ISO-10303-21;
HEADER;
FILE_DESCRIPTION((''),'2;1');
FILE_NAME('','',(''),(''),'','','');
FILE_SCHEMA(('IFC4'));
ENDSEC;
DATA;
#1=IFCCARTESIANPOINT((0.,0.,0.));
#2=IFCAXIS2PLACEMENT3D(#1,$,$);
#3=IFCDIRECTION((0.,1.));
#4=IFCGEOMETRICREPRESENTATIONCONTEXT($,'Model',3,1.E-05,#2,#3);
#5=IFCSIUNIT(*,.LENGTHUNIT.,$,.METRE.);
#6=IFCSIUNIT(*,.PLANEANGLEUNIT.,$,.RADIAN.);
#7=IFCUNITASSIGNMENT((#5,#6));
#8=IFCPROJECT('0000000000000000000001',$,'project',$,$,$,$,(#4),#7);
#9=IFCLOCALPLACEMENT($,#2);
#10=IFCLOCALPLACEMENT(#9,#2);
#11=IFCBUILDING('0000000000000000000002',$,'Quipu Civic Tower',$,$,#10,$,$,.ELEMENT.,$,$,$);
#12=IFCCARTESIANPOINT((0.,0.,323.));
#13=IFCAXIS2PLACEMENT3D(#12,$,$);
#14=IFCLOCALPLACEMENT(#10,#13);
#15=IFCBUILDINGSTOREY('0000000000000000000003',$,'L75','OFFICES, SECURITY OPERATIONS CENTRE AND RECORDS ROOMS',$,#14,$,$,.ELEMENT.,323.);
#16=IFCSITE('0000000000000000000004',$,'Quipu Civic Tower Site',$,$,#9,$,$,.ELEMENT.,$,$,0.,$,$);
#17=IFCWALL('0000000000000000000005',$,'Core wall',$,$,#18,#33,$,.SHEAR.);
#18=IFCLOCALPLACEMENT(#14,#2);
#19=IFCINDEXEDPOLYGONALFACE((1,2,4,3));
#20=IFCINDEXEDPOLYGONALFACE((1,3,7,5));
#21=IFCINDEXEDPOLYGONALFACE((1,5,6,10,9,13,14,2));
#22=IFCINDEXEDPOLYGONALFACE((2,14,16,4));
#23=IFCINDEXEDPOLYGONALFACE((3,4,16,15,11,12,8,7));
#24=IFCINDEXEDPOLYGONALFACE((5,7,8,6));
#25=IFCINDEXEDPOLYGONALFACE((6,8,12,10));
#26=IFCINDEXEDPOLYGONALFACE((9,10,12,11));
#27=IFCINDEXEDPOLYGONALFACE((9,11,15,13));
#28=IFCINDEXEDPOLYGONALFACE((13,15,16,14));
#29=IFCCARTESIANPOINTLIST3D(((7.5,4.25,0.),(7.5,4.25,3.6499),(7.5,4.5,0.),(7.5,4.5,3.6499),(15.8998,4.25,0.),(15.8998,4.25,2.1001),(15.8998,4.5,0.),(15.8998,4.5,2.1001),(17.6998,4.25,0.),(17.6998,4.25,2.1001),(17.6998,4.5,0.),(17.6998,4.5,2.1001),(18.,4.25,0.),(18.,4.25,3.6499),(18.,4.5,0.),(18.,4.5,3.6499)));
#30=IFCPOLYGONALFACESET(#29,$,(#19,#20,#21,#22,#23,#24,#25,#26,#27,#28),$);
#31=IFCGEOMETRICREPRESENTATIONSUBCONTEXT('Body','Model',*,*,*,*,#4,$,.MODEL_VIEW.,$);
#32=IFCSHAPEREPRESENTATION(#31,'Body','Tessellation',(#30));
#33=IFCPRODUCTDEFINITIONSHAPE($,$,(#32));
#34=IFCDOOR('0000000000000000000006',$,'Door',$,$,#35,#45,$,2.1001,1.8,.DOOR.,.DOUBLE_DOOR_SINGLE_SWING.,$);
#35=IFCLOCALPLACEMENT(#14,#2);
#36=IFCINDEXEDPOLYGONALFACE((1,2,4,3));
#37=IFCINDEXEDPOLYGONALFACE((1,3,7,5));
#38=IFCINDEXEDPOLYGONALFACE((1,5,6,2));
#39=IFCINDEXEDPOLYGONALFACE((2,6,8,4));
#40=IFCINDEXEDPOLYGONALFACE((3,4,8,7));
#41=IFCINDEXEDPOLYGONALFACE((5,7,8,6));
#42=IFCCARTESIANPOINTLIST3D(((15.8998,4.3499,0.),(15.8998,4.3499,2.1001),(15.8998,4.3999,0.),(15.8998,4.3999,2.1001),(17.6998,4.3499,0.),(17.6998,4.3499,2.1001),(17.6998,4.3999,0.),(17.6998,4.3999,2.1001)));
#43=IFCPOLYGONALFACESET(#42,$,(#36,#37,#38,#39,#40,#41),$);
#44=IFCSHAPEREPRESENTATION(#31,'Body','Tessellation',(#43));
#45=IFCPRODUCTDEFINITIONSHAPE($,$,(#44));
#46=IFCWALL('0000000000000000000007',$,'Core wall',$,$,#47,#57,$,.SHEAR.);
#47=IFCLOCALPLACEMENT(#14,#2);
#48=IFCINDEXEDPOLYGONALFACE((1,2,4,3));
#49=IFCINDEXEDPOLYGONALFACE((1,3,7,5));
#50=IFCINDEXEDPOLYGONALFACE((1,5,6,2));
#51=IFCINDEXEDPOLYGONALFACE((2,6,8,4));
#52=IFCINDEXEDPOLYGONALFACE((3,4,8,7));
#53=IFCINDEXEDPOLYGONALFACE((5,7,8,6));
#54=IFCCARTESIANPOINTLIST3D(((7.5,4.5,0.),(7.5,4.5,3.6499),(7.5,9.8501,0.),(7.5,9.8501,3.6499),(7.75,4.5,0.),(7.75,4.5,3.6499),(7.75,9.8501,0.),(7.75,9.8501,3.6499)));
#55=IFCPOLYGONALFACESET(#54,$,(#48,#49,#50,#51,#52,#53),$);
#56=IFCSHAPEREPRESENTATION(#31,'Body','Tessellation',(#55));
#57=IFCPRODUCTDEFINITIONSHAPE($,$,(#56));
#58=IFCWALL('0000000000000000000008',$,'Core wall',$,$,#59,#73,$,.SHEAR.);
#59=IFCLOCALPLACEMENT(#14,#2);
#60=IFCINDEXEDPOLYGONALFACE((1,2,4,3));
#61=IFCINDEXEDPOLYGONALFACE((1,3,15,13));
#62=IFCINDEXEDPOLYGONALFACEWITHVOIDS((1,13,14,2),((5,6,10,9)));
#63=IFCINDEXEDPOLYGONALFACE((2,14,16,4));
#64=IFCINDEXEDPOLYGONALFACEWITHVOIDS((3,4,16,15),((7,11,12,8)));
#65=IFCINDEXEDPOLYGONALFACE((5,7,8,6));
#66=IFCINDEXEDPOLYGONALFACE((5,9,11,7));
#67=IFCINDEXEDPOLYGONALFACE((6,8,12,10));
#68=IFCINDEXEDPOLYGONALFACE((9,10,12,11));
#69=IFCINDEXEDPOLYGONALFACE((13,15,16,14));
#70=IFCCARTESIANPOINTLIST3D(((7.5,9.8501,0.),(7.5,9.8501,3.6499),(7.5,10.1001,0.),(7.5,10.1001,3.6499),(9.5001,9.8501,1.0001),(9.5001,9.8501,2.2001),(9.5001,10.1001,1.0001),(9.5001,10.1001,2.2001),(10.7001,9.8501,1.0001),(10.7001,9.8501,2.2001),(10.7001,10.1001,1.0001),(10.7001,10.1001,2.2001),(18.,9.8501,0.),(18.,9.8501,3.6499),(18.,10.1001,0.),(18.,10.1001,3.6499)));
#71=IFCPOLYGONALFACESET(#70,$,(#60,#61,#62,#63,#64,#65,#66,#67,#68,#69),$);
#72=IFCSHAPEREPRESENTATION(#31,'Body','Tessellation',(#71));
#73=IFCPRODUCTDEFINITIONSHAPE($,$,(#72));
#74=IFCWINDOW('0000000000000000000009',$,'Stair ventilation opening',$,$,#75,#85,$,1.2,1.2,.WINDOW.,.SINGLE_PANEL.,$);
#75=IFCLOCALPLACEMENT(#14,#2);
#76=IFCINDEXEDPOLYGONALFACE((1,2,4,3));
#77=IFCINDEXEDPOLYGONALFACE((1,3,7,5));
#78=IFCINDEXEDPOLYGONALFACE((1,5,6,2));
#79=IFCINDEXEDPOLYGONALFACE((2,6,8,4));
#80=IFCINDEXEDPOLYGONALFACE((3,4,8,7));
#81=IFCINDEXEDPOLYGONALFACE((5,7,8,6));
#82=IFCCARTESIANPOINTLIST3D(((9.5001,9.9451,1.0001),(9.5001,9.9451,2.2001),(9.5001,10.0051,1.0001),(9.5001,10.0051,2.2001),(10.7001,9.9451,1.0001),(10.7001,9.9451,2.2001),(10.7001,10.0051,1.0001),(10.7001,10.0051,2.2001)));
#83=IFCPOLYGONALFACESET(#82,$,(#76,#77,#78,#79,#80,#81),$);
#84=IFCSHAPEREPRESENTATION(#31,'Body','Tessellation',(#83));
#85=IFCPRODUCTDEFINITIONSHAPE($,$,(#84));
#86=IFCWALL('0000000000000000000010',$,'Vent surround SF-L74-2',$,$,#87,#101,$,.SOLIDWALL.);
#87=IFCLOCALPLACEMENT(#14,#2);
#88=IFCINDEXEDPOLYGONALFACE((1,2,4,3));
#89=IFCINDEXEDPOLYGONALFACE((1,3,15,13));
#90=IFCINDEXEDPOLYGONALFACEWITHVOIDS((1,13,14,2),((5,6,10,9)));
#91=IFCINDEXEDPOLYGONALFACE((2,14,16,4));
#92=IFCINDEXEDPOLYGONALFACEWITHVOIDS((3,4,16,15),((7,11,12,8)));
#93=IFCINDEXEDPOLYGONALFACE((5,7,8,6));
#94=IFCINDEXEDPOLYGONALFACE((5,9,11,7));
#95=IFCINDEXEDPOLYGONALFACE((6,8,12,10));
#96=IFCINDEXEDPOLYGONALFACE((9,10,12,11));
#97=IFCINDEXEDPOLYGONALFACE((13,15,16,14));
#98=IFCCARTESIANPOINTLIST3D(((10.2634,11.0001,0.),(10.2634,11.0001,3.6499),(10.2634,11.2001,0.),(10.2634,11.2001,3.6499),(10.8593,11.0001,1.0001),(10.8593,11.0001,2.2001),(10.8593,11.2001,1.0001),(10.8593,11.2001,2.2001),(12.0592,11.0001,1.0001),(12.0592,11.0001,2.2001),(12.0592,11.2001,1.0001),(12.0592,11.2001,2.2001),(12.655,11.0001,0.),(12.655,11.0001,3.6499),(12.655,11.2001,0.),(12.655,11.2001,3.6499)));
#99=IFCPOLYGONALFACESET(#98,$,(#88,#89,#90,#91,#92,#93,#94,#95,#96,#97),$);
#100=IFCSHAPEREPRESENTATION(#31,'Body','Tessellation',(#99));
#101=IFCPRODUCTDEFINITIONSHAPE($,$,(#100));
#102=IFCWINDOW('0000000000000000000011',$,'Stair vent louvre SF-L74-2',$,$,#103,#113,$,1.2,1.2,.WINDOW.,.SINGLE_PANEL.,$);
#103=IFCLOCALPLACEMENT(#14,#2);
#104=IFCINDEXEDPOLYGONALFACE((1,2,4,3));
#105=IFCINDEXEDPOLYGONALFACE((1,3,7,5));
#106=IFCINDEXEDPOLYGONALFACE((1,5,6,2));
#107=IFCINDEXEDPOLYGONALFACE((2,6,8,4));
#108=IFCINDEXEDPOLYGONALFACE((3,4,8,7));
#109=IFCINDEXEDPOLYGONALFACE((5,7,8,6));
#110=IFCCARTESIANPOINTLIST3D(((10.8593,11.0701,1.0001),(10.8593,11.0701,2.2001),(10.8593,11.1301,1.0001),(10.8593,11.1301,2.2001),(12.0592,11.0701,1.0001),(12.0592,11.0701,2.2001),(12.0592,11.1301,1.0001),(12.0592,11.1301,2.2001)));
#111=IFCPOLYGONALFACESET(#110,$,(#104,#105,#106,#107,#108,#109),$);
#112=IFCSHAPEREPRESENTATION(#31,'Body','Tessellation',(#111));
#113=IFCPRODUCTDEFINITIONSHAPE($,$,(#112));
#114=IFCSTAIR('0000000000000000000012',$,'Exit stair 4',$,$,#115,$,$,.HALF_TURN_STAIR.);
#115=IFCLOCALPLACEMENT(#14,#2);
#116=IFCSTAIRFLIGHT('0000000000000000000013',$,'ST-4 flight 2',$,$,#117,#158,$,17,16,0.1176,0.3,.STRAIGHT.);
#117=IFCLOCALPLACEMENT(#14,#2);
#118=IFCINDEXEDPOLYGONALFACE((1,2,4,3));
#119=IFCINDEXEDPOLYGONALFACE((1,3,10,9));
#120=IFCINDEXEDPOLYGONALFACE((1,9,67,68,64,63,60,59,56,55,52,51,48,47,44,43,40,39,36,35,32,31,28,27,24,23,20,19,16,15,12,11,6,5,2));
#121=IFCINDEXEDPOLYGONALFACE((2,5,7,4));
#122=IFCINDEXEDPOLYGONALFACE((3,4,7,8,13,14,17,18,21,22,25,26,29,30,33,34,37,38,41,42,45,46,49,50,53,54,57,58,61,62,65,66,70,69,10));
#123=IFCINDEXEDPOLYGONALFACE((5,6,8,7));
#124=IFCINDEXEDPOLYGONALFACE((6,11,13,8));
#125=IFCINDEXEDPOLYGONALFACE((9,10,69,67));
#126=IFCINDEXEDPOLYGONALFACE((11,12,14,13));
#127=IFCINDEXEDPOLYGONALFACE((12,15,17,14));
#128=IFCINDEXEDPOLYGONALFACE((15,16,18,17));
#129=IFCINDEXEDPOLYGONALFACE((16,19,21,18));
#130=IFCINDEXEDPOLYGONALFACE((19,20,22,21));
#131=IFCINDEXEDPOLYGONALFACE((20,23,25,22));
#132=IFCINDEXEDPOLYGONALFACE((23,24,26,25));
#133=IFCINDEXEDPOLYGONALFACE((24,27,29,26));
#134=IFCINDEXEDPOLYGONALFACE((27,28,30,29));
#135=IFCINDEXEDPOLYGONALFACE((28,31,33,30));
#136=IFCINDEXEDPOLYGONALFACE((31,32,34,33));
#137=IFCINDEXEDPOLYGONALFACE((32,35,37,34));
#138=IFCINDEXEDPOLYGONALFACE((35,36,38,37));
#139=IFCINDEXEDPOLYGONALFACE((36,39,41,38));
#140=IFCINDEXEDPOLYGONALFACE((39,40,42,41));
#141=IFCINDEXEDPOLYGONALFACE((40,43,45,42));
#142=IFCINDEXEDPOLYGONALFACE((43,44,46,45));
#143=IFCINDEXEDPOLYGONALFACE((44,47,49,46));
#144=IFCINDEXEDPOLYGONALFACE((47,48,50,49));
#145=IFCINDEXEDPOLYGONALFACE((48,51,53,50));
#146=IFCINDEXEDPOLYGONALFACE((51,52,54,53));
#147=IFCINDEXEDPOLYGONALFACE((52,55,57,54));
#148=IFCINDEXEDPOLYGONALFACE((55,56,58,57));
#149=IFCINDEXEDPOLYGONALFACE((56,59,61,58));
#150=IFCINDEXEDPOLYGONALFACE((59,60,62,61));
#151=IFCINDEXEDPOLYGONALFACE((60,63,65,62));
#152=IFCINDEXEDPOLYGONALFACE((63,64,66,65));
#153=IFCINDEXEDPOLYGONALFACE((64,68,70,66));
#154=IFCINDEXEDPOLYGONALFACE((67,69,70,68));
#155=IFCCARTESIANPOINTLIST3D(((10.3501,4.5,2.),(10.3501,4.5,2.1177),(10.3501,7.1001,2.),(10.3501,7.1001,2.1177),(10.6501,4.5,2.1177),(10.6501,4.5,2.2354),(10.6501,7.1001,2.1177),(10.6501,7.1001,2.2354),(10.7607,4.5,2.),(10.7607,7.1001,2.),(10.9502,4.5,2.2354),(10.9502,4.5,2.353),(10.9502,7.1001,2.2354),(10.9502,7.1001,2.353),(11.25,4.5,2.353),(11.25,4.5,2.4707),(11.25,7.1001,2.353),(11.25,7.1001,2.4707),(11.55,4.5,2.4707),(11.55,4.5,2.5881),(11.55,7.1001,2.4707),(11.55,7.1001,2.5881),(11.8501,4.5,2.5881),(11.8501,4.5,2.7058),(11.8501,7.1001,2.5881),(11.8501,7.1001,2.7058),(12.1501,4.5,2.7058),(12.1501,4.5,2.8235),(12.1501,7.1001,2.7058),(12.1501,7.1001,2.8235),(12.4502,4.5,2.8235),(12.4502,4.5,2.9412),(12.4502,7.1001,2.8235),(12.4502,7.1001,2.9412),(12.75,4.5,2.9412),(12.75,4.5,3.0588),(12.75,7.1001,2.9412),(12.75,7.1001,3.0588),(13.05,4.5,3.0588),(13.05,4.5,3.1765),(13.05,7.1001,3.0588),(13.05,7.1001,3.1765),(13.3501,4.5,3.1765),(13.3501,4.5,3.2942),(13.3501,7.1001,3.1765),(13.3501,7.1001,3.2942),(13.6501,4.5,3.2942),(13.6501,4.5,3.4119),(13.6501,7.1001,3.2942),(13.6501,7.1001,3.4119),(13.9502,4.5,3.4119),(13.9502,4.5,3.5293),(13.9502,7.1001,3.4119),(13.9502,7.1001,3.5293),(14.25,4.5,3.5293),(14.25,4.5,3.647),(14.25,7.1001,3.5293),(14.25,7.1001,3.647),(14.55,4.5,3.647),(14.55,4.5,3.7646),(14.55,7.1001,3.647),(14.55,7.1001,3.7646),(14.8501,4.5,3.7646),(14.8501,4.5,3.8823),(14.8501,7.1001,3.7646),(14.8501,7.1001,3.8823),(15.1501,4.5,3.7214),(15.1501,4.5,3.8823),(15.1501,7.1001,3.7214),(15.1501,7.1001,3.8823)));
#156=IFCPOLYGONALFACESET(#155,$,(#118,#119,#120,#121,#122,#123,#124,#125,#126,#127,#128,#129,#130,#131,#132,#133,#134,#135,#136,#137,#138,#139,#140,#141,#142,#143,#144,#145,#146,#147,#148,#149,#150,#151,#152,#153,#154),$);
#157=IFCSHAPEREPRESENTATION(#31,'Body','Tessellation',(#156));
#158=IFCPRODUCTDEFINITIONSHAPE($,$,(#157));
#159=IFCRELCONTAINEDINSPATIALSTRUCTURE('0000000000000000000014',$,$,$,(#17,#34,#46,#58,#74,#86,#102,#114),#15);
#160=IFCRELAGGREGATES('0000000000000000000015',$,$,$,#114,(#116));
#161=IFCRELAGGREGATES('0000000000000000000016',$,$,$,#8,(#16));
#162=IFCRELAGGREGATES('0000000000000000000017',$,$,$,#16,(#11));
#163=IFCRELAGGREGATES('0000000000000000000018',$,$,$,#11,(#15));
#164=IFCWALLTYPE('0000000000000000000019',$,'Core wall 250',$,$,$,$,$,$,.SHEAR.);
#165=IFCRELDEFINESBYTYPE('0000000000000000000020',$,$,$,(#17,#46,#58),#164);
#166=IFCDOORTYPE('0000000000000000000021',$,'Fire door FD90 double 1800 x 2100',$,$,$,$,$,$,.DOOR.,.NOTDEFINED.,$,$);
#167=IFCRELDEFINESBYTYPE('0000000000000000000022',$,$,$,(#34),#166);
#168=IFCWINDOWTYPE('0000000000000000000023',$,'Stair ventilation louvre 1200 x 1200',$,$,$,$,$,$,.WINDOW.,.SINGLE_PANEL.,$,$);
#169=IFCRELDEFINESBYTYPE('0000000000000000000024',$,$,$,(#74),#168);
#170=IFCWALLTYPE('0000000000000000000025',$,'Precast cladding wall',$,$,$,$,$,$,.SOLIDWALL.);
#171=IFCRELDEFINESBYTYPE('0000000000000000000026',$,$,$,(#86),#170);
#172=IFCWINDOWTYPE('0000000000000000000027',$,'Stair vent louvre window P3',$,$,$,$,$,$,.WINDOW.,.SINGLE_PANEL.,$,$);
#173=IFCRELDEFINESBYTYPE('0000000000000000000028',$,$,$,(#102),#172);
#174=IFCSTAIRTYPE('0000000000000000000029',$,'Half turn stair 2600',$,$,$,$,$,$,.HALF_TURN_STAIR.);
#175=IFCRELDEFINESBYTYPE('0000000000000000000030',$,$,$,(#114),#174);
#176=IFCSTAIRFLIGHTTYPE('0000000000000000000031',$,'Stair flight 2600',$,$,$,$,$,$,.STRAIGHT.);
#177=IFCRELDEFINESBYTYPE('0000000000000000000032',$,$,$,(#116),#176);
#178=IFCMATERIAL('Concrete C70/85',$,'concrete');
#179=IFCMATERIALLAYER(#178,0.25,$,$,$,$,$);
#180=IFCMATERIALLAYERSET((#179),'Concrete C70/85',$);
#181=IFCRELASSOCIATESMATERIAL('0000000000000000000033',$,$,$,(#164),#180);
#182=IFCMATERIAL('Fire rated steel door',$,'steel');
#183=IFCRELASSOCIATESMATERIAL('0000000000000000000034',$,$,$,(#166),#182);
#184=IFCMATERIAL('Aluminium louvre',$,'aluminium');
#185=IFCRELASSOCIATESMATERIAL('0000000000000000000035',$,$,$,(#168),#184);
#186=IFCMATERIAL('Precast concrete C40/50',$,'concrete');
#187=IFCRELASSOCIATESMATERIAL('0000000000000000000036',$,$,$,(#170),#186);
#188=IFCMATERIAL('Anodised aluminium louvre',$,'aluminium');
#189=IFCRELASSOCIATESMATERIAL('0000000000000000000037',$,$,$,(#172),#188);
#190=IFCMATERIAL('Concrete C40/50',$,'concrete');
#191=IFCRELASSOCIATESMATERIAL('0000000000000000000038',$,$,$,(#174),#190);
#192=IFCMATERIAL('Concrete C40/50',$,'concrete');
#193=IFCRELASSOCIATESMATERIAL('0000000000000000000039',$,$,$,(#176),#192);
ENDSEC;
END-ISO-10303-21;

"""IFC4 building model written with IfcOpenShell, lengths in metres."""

from ifc_helpers import new_model, si_unit, direction, frame, frame_2d, origin, place, context, subcontext, project, spatial, polyline, rectangle, outline, extrude, material, layer, layer_set, type_object, element, fill, aggregate, save


model = new_model("IFC4")

# Units and contexts
model_context = context("Model", 3, precision=1e-05, world=origin(), true_north=direction((0.0, 1.0)))
body_context = subcontext(model_context, "Body", "Model", "MODEL_VIEW")
ifc_project = project(units=[si_unit("LENGTHUNIT", "METRE"), si_unit("PLANEANGLEUNIT", "RADIAN")], contexts=[model_context])

# Site, building, storey
site_placement = place(None, origin())
site = spatial("IfcSite", under=ifc_project, at=site_placement, Name="Quipu Civic Tower Site", CompositionType="ELEMENT", RefElevation=0.0)
building_placement = place(site_placement, origin())
building = spatial("IfcBuilding", under=site, at=building_placement, Name="Quipu Civic Tower", CompositionType="ELEMENT")
storey_placement = place(building_placement, frame((0.0, 0.0, 323.0)))
storey = spatial("IfcBuildingStorey", under=building, at=storey_placement, Name="L75", Description="OFFICES, SECURITY OPERATIONS CENTRE AND RECORDS ROOMS", CompositionType="ELEMENT", Elevation=323.0)

# Wall, opening, door
ifc_material_1 = material(Name="Concrete C70/85", Category="concrete")
ifc_layer_1 = layer(ifc_material_1, 0.25)
ifc_layer_set_1 = layer_set([ifc_layer_1], Name="Concrete C70/85")
wall_type_1 = type_object("IfcWallType", Name="Core wall 250", PredefinedType="SHEAR", material=ifc_layer_set_1)
wall_1_placement = place(storey_placement, frame((7.5, 4.375, 0.0), z_axis=(0.0, 0.0, 1.0), x_axis=(1.0, 0.0, 0.0)))
wall_1 = element("IfcWall", 1, at=wall_1_placement, inside=storey, type_object=wall_type_1, Name="Core wall", PredefinedType="SHEAR", context=body_context, shape_type="SweptSolid", body=[
    extrude(rectangle(XDim=10.5, YDim=0.25, at=frame_2d((5.25, 0.0))), origin(), (0.0, 0.0, 1.0), 3.6499),
])
opening_1_placement = place(wall_1_placement, frame((8.3999, 0.0, 0.0)))
opening_1 = element("IfcOpeningElement", 2, at=opening_1_placement, cuts=wall_1, PredefinedType="OPENING", context=body_context, shape_type="SweptSolid", body=[
    extrude(rectangle(XDim=1.8, YDim=2.1001, at=frame_2d((0.8999, 1.05))), frame((0.0, 0.135, 0.0), z_axis=(0.0, -1.0, 0.0), x_axis=(1.0, 0.0, 0.0)), (0.0, 0.0, 1.0), 0.27),
])
ifc_material_2 = material(Name="Fire rated steel door", Category="steel")
door_type = type_object("IfcDoorType", Name="Fire door FD90 double 1800 x 2100", OperationType="NOTDEFINED", PredefinedType="DOOR", material=ifc_material_2)
door_placement = place(opening_1_placement, origin())
door = element("IfcDoor", 3, at=door_placement, inside=storey, type_object=door_type, Name="Door", OperationType="DOUBLE_DOOR_SINGLE_SWING", OverallHeight=2.1001, OverallWidth=1.8, PredefinedType="DOOR", context=body_context, shape_type="SweptSolid", body=[
    extrude(rectangle(XDim=1.8, YDim=2.1001, at=frame_2d((0.8999, 1.05))), frame((0.0, 0.0249, 0.0), z_axis=(0.0, -1.0, 0.0), x_axis=(1.0, 0.0, 0.0)), (0.0, 0.0, 1.0), 0.05),
])
fill(opening_1, door)

# Wall
wall_2_placement = place(storey_placement, frame((7.625, 4.5, 0.0), z_axis=(0.0, 0.0, 1.0), x_axis=(0.0, 1.0, 0.0)))
element("IfcWall", 4, at=wall_2_placement, inside=storey, type_object=wall_type_1, Name="Core wall", PredefinedType="SHEAR", context=body_context, shape_type="SweptSolid", body=[
    extrude(rectangle(XDim=5.3501, YDim=0.25, at=frame_2d((2.675, 0.0))), origin(), (0.0, 0.0, 1.0), 3.6499),
])

# Walls, openings, windows
wall_3_placement = place(storey_placement, frame((7.5, 9.9751, 0.0), z_axis=(0.0, 0.0, 1.0), x_axis=(1.0, 0.0, 0.0)))
wall_3 = element("IfcWall", 5, at=wall_3_placement, inside=storey, type_object=wall_type_1, Name="Core wall", PredefinedType="SHEAR", context=body_context, shape_type="SweptSolid", body=[
    extrude(rectangle(XDim=10.5, YDim=0.25, at=frame_2d((5.25, 0.0))), origin(), (0.0, 0.0, 1.0), 3.6499),
])
opening_2_placement = place(wall_3_placement, frame((2.0, 0.0, 1.0)))
opening_2 = element("IfcOpeningElement", 6, at=opening_2_placement, cuts=wall_3, PredefinedType="OPENING", context=body_context, shape_type="SweptSolid", body=[
    extrude(rectangle(XDim=1.2, YDim=1.2, at=frame_2d((0.6001, 0.6001))), frame((0.0, 0.135, 0.0), z_axis=(0.0, -1.0, 0.0), x_axis=(1.0, 0.0, 0.0)), (0.0, 0.0, 1.0), 0.27),
])
ifc_material_3 = material(Name="Aluminium louvre", Category="aluminium")
window_type_1 = type_object("IfcWindowType", Name="Stair ventilation louvre 1200 x 1200", PartitioningType="SINGLE_PANEL", PredefinedType="WINDOW", material=ifc_material_3)
window_1_placement = place(opening_2_placement, origin())
window_1 = element("IfcWindow", 7, at=window_1_placement, inside=storey, type_object=window_type_1, Name="Stair ventilation opening", OverallHeight=1.2, OverallWidth=1.2, PartitioningType="SINGLE_PANEL", PredefinedType="WINDOW", context=body_context, shape_type="SweptSolid", body=[
    extrude(rectangle(XDim=1.2, YDim=1.2, at=frame_2d((0.6001, 0.6001))), frame((0.0, 0.03, 0.0), z_axis=(0.0, -1.0, 0.0), x_axis=(1.0, 0.0, 0.0)), (0.0, 0.0, 1.0), 0.0601),
])
fill(opening_2, window_1)
ifc_material_4 = material(Name="Precast concrete C40/50", Category="concrete")
wall_type_2 = type_object("IfcWallType", Name="Precast cladding wall", PredefinedType="SOLIDWALL", material=ifc_material_4)
wall_4_placement = place(storey_placement, frame((12.655, 11.1001, 0.0), z_axis=(0.0, 0.0, 1.0), x_axis=(-1.0, 0.0, 0.0)))
wall_4 = element("IfcWall", 8, at=wall_4_placement, inside=storey, type_object=wall_type_2, Name="Vent surround SF-L74-2", PredefinedType="SOLIDWALL", context=body_context, shape_type="SweptSolid", body=[
    extrude(rectangle(XDim=2.3916, YDim=0.2, at=frame_2d((1.1958, 0.0))), origin(), (0.0, 0.0, 1.0), 3.6499),
])
opening_3_placement = place(wall_4_placement, frame((0.5957, 0.0, 1.0)))
opening_3 = element("IfcOpeningElement", 9, at=opening_3_placement, cuts=wall_4, PredefinedType="OPENING", context=body_context, shape_type="SweptSolid", body=[
    extrude(rectangle(XDim=1.2, YDim=1.2, at=frame_2d((0.6001, 0.6001))), frame((0.0, 0.1099, 0.0), z_axis=(0.0, -1.0, 0.0), x_axis=(1.0, 0.0, 0.0)), (0.0, 0.0, 1.0), 0.22),
])
ifc_material_5 = material(Name="Anodised aluminium louvre", Category="aluminium")
window_type_2 = type_object("IfcWindowType", Name="Stair vent louvre window P3", PartitioningType="SINGLE_PANEL", PredefinedType="WINDOW", material=ifc_material_5)
window_2_placement = place(opening_3_placement, origin())
window_2 = element("IfcWindow", 10, at=window_2_placement, inside=storey, type_object=window_type_2, Name="Stair vent louvre SF-L74-2", OverallHeight=1.2, OverallWidth=1.2, PartitioningType="SINGLE_PANEL", PredefinedType="WINDOW", context=body_context, shape_type="SweptSolid", body=[
    extrude(rectangle(XDim=1.2, YDim=1.2, at=frame_2d((0.6001, 0.6001))), frame((0.0, 0.03, 0.0), z_axis=(0.0, -1.0, 0.0), x_axis=(1.0, 0.0, 0.0)), (0.0, 0.0, 1.0), 0.0601),
])
fill(opening_3, window_2)

# Stair, stair flight
ifc_material_6 = material(Name="Concrete C40/50", Category="concrete")
stair_type = type_object("IfcStairType", Name="Half turn stair 2600", PredefinedType="HALF_TURN_STAIR", material=ifc_material_6)
stair_placement = place(storey_placement, origin())
stair = element("IfcStair", 11, at=stair_placement, inside=storey, type_object=stair_type, Name="Exit stair 4", PredefinedType="HALF_TURN_STAIR")
ifc_material_7 = material(Name="Concrete C40/50", Category="concrete")
stair_flight_type = type_object("IfcStairFlightType", Name="Stair flight 2600", PredefinedType="STRAIGHT", material=ifc_material_7)
stair_flight_placement = place(storey_placement, frame((10.3501, 5.8, 2.0), z_axis=(0.0, 0.0, 1.0), x_axis=(1.0, 0.0, 0.0)))
stair_flight = element("IfcStairFlight", 12, at=stair_flight_placement, type_object=stair_flight_type, Name="ST-4 flight 2", NumberOfRisers=17, NumberOfTreads=16, PredefinedType="STRAIGHT", RiserHeight=0.1176, TreadLength=0.3, context=body_context, shape_type="SweptSolid", body=[
    extrude(outline(polyline([(0.0, 0.0), (0.0, 0.1177), (0.3, 0.1177), (0.3, 0.2354), (0.6001, 0.2354), (0.6001, 0.353), (0.8999, 0.353), (0.8999, 0.4707), (1.2, 0.4707), (1.2, 0.5881), (1.5, 0.5881), (1.5, 0.7058), (1.8, 0.7058), (1.8, 0.8235), (2.1001, 0.8235), (2.1001, 0.9412), (2.3999, 0.9412), (2.3999, 1.0588), (2.7, 1.0588), (2.7, 1.1765), (3.0, 1.1765), (3.0, 1.2942), (3.3, 1.2942), (3.3, 1.4119), (3.6001, 1.4119), (3.6001, 1.5293), (3.8999, 1.5293), (3.8999, 1.647), (4.2, 1.647), (4.2, 1.7646), (4.5, 1.7646), (4.5, 1.8823), (4.8, 1.8823), (4.8, 2.0), (4.8, 1.7214), (0.4106, 0.0), (0.0, 0.0)])), frame((0.0, 1.3, 0.0), z_axis=(0.0, -1.0, 0.0), x_axis=(1.0, 0.0, 0.0)), (0.0, 0.0, 1.0), 2.6001),
])
aggregate(stair, [stair_flight])

save(model, "model.ifc")
